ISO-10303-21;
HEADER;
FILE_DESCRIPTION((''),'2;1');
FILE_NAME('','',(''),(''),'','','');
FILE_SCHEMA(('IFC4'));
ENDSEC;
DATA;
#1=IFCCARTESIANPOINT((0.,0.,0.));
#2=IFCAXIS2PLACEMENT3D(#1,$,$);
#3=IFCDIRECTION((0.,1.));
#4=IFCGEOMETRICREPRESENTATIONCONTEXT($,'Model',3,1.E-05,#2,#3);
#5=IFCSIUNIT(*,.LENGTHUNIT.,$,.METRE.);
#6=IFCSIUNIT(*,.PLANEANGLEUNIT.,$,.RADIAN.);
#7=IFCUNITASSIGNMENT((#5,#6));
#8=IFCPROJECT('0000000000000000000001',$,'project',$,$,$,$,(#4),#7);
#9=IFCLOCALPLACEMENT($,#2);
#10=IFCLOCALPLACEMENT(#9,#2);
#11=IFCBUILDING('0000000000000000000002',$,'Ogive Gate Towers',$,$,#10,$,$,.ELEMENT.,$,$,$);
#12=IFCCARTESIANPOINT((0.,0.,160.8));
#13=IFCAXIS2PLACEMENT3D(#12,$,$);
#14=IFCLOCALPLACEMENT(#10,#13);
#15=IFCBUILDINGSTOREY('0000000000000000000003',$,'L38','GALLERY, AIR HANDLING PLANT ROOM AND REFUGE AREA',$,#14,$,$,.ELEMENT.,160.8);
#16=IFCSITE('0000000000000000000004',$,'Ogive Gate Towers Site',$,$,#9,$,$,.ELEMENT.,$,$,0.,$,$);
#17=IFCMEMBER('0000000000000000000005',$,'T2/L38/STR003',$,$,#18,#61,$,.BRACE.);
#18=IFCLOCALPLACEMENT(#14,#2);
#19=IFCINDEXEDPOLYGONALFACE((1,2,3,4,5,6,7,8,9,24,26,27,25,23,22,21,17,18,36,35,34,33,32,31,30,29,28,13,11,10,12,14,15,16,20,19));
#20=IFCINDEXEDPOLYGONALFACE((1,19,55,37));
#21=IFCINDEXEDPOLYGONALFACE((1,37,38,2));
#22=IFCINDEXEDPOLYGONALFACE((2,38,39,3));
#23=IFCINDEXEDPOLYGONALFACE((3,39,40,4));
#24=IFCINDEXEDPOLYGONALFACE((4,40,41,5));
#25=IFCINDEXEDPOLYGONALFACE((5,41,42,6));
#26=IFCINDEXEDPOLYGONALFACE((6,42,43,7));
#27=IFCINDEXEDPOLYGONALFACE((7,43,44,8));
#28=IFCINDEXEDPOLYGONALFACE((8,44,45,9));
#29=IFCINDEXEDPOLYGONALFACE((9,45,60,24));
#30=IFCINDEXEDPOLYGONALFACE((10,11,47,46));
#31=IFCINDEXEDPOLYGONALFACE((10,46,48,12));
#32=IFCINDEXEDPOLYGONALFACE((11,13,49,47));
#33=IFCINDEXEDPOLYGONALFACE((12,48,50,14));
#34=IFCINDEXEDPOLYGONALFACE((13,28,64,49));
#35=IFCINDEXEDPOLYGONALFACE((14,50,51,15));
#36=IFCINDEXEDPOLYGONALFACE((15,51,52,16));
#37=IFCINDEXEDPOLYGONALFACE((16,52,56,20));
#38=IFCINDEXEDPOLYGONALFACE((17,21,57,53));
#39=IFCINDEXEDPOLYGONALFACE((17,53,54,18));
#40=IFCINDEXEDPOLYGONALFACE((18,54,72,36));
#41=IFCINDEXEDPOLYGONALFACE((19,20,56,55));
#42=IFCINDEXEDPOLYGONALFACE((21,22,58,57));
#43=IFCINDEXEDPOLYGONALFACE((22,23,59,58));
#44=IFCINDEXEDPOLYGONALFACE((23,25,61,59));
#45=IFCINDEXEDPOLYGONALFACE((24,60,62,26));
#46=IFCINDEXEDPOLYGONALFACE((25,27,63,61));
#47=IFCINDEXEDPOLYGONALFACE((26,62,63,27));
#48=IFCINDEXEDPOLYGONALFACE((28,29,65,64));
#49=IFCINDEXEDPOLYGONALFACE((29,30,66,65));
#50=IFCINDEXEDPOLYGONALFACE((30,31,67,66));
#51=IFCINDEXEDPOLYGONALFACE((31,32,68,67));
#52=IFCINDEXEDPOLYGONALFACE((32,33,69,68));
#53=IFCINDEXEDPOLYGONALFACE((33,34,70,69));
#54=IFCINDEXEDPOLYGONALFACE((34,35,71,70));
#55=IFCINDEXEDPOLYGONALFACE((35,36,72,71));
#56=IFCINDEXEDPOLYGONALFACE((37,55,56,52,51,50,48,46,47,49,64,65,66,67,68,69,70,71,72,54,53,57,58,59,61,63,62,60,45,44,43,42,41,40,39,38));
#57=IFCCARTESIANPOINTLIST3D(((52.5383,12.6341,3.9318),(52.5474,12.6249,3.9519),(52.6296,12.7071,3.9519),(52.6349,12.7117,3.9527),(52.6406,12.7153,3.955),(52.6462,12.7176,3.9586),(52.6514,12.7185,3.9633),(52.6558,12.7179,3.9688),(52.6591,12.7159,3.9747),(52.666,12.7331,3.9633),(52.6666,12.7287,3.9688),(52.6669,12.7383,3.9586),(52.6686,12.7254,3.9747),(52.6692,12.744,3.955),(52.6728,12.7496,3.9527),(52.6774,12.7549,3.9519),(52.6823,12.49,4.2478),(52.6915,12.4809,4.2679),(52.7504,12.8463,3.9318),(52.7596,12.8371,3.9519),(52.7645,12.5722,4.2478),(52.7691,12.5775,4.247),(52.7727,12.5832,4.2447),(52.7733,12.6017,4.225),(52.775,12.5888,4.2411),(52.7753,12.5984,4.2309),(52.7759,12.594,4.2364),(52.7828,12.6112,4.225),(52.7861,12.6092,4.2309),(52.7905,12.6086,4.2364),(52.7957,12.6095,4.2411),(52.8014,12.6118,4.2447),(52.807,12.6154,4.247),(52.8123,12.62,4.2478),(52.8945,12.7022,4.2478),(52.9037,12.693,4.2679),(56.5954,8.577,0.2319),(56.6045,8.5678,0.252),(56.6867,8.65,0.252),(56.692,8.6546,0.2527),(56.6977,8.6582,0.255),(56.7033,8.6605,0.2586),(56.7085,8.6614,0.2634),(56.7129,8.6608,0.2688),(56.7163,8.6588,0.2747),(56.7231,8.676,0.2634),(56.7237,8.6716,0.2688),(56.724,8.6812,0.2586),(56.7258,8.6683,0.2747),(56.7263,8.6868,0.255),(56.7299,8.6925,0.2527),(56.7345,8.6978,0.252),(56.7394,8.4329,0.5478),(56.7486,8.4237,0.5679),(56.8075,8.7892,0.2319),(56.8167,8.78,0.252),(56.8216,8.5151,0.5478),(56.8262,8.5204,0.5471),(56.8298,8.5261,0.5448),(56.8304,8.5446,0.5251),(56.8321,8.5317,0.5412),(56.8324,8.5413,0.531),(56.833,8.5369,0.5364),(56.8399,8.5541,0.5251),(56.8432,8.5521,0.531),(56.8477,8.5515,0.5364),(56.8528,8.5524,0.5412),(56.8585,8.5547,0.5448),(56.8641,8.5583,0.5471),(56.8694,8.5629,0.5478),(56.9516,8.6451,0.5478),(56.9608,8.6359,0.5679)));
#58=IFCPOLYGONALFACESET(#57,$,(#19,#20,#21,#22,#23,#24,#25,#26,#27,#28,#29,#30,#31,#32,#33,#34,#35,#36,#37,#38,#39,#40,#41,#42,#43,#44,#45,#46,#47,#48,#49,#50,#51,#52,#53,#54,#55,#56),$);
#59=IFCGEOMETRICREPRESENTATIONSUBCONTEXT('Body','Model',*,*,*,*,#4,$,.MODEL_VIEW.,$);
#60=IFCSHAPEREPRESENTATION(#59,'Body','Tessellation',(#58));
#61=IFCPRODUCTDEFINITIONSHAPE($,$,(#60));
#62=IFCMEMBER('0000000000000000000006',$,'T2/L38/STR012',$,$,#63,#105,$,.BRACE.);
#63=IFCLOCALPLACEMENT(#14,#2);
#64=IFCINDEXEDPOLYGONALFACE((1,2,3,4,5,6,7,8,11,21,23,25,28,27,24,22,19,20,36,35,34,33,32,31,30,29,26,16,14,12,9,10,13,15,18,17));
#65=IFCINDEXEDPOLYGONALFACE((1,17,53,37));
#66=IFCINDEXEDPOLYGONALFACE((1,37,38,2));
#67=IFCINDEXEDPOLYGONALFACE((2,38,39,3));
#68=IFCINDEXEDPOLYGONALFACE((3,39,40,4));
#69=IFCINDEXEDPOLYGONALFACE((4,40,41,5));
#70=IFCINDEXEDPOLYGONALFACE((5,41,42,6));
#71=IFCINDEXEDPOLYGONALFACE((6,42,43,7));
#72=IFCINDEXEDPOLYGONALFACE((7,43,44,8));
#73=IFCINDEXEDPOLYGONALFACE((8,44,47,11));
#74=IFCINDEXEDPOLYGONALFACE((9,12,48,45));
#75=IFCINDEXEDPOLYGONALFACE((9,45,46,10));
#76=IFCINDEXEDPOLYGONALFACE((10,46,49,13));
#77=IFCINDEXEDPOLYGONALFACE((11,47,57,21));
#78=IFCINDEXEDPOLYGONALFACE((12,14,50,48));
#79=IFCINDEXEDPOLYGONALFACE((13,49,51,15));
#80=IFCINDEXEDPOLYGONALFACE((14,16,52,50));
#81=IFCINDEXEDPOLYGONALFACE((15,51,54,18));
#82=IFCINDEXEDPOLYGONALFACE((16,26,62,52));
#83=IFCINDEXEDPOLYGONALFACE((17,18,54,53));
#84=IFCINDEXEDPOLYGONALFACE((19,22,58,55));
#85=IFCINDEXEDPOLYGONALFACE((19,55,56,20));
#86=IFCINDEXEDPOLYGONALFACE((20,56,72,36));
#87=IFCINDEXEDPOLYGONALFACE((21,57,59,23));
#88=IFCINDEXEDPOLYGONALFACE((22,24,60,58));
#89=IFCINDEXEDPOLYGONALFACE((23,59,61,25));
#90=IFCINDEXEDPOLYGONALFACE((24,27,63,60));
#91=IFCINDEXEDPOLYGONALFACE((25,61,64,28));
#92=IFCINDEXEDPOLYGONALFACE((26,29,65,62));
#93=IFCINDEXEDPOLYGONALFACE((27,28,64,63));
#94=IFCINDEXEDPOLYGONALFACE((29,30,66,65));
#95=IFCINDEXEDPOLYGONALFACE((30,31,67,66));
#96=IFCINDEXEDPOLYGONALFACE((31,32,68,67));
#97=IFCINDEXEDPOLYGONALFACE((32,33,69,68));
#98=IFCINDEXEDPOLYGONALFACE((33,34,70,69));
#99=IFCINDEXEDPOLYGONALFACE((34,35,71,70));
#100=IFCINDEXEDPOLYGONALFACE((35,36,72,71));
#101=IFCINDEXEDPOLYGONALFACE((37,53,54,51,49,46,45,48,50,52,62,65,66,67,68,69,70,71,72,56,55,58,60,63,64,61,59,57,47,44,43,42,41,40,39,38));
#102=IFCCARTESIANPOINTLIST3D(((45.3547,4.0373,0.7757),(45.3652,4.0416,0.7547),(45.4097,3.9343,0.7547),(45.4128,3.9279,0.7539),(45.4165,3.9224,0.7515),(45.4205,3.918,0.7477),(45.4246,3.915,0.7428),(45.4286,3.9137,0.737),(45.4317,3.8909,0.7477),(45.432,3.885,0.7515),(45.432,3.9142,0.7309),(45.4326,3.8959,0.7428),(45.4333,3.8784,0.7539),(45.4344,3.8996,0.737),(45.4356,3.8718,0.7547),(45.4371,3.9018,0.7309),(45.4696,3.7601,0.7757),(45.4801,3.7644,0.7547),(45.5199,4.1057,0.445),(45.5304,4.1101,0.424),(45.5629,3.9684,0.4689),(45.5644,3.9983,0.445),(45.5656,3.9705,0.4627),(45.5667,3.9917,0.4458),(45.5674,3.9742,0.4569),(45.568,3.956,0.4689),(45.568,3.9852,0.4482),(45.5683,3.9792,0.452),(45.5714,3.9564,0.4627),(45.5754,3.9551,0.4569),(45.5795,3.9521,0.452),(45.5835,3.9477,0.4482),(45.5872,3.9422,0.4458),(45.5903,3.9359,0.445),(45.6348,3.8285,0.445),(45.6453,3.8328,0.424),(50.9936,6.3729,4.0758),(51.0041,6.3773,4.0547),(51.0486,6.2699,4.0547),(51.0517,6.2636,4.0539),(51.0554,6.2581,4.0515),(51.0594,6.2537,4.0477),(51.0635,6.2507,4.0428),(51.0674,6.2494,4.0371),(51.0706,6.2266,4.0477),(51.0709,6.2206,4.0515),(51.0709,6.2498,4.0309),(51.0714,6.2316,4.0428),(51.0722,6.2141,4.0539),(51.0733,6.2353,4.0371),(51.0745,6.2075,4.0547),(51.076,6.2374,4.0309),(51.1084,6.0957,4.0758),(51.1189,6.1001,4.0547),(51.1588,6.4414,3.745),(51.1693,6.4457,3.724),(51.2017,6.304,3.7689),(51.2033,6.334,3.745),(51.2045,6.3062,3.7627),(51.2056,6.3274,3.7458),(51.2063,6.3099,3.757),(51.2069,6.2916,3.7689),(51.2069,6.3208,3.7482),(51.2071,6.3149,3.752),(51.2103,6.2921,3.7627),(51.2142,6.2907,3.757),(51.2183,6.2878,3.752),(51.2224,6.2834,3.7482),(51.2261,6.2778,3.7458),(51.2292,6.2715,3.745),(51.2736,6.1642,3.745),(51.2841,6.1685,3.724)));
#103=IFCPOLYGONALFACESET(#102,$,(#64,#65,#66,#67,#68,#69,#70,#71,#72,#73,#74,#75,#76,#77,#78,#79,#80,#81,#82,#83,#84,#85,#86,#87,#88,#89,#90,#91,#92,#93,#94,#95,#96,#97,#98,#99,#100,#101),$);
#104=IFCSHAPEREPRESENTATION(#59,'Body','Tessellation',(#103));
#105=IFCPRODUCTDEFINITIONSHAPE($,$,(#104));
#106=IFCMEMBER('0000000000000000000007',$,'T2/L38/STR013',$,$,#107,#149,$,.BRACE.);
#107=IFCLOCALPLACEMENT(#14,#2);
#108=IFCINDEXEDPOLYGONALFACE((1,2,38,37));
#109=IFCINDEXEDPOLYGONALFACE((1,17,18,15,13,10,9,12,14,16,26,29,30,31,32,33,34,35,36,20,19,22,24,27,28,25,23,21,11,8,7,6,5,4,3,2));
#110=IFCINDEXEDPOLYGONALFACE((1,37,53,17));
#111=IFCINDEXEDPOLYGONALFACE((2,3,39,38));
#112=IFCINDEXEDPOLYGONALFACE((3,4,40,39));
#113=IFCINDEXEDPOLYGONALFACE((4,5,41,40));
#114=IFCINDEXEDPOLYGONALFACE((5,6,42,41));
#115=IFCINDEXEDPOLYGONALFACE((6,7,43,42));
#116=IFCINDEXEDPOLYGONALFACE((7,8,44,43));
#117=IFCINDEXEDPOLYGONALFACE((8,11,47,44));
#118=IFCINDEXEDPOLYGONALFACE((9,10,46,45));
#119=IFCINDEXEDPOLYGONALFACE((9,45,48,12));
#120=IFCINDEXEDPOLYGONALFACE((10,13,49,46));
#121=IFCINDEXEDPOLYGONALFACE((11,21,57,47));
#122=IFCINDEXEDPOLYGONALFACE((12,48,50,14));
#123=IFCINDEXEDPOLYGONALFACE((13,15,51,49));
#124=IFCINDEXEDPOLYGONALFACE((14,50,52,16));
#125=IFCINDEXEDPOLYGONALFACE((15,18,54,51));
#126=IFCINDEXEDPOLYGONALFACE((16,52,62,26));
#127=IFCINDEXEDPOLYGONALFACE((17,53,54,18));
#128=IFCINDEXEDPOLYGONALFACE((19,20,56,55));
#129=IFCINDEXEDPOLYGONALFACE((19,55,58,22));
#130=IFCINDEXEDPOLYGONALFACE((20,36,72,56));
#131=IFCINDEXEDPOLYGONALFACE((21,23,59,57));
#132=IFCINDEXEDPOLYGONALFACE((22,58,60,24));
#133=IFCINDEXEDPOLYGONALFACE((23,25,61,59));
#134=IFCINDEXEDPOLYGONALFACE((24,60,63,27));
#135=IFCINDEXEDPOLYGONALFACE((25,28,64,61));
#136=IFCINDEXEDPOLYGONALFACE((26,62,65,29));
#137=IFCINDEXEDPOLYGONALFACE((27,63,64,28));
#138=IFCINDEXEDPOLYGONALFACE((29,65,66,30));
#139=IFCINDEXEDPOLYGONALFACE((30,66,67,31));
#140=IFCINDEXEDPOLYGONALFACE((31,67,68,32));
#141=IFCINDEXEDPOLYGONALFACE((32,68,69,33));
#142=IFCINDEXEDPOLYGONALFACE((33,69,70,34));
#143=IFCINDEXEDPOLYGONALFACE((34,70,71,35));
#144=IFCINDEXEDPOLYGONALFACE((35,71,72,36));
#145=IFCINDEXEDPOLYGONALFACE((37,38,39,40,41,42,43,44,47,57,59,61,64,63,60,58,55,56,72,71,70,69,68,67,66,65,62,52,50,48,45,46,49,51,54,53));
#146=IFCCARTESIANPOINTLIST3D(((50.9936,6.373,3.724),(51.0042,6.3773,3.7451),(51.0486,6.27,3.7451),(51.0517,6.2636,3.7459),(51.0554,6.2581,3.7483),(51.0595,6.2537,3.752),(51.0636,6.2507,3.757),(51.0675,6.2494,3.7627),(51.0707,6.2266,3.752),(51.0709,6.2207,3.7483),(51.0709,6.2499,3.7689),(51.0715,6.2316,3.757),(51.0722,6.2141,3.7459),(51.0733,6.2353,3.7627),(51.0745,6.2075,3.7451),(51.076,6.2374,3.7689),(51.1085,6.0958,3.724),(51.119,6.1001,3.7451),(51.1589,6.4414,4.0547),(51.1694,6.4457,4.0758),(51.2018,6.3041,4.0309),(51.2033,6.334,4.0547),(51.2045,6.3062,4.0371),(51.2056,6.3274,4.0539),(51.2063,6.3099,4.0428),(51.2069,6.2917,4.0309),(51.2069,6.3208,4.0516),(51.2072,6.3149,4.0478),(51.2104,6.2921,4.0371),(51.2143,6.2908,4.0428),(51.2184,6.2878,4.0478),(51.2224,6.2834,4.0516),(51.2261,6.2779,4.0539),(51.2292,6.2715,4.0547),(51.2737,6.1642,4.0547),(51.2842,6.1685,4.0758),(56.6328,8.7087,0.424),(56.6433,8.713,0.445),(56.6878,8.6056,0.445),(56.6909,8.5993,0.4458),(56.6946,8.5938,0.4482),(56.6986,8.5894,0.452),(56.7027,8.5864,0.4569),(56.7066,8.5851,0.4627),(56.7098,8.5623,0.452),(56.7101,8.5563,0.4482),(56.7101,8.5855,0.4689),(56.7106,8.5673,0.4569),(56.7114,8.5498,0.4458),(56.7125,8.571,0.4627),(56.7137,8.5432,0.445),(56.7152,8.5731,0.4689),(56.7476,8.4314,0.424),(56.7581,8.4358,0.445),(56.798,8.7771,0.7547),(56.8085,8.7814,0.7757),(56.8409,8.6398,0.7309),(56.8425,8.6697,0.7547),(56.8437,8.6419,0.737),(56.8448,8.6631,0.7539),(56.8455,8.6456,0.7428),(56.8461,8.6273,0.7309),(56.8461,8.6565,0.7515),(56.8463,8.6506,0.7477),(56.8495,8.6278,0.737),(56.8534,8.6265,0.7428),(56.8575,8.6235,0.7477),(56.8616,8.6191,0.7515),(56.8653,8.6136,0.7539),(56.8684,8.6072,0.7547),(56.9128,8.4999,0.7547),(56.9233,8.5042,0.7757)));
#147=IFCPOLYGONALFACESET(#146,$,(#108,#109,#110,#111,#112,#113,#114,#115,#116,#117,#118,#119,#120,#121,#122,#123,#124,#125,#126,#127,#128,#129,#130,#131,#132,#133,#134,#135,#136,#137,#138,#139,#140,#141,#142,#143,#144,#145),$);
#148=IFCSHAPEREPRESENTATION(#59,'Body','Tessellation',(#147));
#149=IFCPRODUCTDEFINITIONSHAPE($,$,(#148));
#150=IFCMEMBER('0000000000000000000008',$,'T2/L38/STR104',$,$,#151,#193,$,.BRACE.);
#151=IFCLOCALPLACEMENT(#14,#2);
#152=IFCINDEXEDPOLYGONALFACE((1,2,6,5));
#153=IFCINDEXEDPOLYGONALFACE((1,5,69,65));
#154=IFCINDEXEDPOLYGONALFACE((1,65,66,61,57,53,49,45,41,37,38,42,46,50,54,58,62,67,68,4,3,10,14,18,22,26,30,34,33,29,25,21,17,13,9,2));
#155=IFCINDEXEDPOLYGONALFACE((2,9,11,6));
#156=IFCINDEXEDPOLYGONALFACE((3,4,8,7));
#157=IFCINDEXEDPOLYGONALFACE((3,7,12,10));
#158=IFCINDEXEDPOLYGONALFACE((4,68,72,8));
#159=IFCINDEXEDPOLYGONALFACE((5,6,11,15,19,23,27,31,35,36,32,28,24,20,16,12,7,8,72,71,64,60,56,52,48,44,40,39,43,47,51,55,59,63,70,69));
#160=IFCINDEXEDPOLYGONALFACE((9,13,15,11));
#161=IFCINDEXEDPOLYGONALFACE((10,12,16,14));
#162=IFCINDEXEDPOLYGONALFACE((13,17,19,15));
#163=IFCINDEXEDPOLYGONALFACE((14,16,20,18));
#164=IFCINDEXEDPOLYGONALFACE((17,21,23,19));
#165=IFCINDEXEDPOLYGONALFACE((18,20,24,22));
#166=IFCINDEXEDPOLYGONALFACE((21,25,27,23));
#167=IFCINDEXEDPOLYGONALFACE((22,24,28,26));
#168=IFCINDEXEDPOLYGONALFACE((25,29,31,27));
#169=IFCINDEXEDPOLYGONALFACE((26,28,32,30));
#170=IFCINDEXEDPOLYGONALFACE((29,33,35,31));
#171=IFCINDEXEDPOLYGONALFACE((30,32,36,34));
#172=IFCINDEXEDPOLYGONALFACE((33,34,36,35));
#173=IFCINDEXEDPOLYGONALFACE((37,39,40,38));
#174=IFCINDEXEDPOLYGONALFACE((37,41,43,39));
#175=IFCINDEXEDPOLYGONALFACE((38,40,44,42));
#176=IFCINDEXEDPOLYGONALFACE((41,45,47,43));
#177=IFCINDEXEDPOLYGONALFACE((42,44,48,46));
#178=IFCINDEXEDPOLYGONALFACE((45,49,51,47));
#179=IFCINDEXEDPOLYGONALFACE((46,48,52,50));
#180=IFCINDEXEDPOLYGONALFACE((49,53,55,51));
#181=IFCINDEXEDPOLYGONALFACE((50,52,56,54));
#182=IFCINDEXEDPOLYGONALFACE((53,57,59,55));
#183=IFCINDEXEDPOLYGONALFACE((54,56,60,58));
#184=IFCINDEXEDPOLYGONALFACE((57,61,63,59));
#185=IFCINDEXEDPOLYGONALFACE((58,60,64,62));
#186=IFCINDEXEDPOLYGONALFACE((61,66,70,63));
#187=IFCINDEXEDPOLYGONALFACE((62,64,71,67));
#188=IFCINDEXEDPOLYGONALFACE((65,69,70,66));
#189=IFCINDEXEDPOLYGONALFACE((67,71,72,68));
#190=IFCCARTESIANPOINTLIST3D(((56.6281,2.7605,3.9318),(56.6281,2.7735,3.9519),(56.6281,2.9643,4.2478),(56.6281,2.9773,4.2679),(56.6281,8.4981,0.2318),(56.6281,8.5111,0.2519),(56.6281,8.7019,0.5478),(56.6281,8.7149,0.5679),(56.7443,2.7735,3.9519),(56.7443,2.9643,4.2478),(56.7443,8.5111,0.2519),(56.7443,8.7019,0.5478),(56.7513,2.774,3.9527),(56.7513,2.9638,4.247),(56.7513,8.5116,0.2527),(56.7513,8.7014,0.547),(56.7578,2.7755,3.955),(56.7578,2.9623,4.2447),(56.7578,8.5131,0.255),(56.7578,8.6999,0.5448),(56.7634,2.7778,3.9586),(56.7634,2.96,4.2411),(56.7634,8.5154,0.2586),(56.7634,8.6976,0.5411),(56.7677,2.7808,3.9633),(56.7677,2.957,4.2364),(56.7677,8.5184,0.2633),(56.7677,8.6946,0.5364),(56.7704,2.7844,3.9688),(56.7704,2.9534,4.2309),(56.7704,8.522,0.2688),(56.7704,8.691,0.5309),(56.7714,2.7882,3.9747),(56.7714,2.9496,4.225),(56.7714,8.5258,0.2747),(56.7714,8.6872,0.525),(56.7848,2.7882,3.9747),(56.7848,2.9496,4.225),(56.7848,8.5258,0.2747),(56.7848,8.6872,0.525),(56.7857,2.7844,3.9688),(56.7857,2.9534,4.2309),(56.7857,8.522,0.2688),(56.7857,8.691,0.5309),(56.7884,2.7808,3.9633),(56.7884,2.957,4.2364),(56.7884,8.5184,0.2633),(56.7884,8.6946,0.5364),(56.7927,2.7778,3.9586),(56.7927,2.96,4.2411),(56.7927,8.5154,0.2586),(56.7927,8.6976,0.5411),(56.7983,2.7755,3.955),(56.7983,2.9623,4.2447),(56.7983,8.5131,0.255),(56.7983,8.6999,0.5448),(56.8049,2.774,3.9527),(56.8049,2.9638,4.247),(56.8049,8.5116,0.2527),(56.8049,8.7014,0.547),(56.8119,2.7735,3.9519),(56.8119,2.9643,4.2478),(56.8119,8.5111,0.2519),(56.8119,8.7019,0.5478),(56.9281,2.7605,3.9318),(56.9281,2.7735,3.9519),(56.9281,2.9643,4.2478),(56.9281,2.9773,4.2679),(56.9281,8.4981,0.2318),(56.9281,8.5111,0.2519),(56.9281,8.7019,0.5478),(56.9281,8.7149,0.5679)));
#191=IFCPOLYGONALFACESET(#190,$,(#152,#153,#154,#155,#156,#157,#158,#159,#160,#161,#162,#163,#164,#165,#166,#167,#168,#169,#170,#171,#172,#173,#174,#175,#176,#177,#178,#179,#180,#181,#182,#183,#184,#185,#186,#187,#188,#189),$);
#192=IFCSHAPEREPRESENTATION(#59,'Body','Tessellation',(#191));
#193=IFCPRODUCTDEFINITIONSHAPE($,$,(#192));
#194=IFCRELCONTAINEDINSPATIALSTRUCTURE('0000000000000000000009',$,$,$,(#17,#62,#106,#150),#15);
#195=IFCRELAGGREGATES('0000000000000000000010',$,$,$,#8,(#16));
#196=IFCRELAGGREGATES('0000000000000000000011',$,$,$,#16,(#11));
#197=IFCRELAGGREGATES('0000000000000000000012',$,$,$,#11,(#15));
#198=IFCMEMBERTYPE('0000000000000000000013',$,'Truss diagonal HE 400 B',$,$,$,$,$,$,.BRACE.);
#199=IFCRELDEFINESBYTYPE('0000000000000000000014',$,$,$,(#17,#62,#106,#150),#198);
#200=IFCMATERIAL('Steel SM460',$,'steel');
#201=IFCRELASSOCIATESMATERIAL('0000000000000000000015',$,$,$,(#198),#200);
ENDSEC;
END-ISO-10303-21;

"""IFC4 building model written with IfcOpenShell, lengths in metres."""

from ifc_helpers import new_model, si_unit, direction, frame, origin, origin_2d, place, context, subcontext, project, spatial, i_section, extrude, material, material_profile, profile_set, type_object, element, save


model = new_model("IFC4")

# Units and contexts
model_context = context("Model", 3, precision=1e-05, world=origin(), true_north=direction((0.0, 1.0)))
body_context = subcontext(model_context, "Body", "Model", "MODEL_VIEW")
ifc_project = project(units=[si_unit("LENGTHUNIT", "METRE"), si_unit("PLANEANGLEUNIT", "RADIAN")], contexts=[model_context])

# Site, building, storey
site_placement = place(None, origin())
site = spatial("IfcSite", under=ifc_project, at=site_placement, Name="Ogive Gate Towers Site", CompositionType="ELEMENT", RefElevation=0.0)
building_placement = place(site_placement, origin())
building = spatial("IfcBuilding", under=site, at=building_placement, Name="Ogive Gate Towers", CompositionType="ELEMENT")
storey_placement = place(building_placement, frame((0.0, 0.0, 160.8)))
storey = spatial("IfcBuildingStorey", under=building, at=storey_placement, Name="L38", Description="GALLERY, AIR HANDLING PLANT ROOM AND REFUGE AREA", CompositionType="ELEMENT", Elevation=160.8)

# Shared definitions
ifc_material_1 = material(Name="Steel SM460", Category="steel")

# Members
ifc_material_profile_1 = material_profile(ifc_material_1, i_section(OverallWidth=0.3, OverallDepth=0.3999, WebThickness=0.0134, FlangeThickness=0.0239, FilletRadius=0.0271, at=origin_2d()), Name="HE 400 B")
ifc_profile_set_1 = profile_set([ifc_material_profile_1], Name="Steel SM460")
member_type_1 = type_object("IfcMemberType", Name="Truss diagonal HE 400 B", PredefinedType="BRACE", material=ifc_profile_set_1)
member_1_placement = place(storey_placement, frame((56.7781, 8.6064, 0.3999), z_axis=(-0.594262, 0.594262, 0.541945), x_axis=(-0.707107, -0.707107, 0.0)))
element("IfcMember", 1, at=member_1_placement, inside=storey, type_object=member_type_1, Name="T2/L38/STR003", PredefinedType="BRACE", context=body_context, shape_type="SweptSolid", body=[
    extrude(i_section(OverallWidth=0.3, OverallDepth=0.3999, WebThickness=0.0134, FlangeThickness=0.0239, FilletRadius=0.0271, at=origin_2d()), origin(), (0.0, 0.0, 1.0), 6.8271),
])
member_2_placement = place(storey_placement, frame((45.5, 3.9351, 0.5999), z_axis=(0.812696, 0.336627, 0.475612), x_axis=(-0.38268, 0.923881, 0.0)))
element("IfcMember", 2, at=member_2_placement, inside=storey, type_object=member_type_1, Name="T2/L38/STR012", PredefinedType="BRACE", context=body_context, shape_type="SweptSolid", body=[
    extrude(i_section(OverallWidth=0.3, OverallDepth=0.3999, WebThickness=0.0134, FlangeThickness=0.0239, FilletRadius=0.0271, at=origin_2d()), origin(), (0.0, 0.0, 1.0), 6.9385),
])
member_3_placement = place(storey_placement, frame((51.1389, 6.2708, 3.8999), z_axis=(0.812708, 0.336617, -0.475599), x_axis=(-0.382666, 0.923887, 0.0)))
element("IfcMember", 3, at=member_3_placement, inside=storey, type_object=member_type_1, Name="T2/L38/STR013", PredefinedType="BRACE", context=body_context, shape_type="SweptSolid", body=[
    extrude(i_section(OverallWidth=0.3, OverallDepth=0.3999, WebThickness=0.0134, FlangeThickness=0.0239, FilletRadius=0.0271, at=origin_2d()), origin(), (0.0, 0.0, 1.0), 6.9387),
])
member_4_placement = place(storey_placement, frame((56.7781, 2.8689, 4.0999), z_axis=(0.0, 0.84041, -0.541952), x_axis=(-1.0, 0.0, 0.0)))
element("IfcMember", 4, at=member_4_placement, inside=storey, type_object=member_type_1, Name="T2/L38/STR104", PredefinedType="BRACE", context=body_context, shape_type="SweptSolid", body=[
    extrude(i_section(OverallWidth=0.3, OverallDepth=0.3999, WebThickness=0.0134, FlangeThickness=0.0239, FilletRadius=0.0271, at=origin_2d()), origin(), (0.0, 0.0, 1.0), 6.8271),
])

save(model, "model.ifc")
